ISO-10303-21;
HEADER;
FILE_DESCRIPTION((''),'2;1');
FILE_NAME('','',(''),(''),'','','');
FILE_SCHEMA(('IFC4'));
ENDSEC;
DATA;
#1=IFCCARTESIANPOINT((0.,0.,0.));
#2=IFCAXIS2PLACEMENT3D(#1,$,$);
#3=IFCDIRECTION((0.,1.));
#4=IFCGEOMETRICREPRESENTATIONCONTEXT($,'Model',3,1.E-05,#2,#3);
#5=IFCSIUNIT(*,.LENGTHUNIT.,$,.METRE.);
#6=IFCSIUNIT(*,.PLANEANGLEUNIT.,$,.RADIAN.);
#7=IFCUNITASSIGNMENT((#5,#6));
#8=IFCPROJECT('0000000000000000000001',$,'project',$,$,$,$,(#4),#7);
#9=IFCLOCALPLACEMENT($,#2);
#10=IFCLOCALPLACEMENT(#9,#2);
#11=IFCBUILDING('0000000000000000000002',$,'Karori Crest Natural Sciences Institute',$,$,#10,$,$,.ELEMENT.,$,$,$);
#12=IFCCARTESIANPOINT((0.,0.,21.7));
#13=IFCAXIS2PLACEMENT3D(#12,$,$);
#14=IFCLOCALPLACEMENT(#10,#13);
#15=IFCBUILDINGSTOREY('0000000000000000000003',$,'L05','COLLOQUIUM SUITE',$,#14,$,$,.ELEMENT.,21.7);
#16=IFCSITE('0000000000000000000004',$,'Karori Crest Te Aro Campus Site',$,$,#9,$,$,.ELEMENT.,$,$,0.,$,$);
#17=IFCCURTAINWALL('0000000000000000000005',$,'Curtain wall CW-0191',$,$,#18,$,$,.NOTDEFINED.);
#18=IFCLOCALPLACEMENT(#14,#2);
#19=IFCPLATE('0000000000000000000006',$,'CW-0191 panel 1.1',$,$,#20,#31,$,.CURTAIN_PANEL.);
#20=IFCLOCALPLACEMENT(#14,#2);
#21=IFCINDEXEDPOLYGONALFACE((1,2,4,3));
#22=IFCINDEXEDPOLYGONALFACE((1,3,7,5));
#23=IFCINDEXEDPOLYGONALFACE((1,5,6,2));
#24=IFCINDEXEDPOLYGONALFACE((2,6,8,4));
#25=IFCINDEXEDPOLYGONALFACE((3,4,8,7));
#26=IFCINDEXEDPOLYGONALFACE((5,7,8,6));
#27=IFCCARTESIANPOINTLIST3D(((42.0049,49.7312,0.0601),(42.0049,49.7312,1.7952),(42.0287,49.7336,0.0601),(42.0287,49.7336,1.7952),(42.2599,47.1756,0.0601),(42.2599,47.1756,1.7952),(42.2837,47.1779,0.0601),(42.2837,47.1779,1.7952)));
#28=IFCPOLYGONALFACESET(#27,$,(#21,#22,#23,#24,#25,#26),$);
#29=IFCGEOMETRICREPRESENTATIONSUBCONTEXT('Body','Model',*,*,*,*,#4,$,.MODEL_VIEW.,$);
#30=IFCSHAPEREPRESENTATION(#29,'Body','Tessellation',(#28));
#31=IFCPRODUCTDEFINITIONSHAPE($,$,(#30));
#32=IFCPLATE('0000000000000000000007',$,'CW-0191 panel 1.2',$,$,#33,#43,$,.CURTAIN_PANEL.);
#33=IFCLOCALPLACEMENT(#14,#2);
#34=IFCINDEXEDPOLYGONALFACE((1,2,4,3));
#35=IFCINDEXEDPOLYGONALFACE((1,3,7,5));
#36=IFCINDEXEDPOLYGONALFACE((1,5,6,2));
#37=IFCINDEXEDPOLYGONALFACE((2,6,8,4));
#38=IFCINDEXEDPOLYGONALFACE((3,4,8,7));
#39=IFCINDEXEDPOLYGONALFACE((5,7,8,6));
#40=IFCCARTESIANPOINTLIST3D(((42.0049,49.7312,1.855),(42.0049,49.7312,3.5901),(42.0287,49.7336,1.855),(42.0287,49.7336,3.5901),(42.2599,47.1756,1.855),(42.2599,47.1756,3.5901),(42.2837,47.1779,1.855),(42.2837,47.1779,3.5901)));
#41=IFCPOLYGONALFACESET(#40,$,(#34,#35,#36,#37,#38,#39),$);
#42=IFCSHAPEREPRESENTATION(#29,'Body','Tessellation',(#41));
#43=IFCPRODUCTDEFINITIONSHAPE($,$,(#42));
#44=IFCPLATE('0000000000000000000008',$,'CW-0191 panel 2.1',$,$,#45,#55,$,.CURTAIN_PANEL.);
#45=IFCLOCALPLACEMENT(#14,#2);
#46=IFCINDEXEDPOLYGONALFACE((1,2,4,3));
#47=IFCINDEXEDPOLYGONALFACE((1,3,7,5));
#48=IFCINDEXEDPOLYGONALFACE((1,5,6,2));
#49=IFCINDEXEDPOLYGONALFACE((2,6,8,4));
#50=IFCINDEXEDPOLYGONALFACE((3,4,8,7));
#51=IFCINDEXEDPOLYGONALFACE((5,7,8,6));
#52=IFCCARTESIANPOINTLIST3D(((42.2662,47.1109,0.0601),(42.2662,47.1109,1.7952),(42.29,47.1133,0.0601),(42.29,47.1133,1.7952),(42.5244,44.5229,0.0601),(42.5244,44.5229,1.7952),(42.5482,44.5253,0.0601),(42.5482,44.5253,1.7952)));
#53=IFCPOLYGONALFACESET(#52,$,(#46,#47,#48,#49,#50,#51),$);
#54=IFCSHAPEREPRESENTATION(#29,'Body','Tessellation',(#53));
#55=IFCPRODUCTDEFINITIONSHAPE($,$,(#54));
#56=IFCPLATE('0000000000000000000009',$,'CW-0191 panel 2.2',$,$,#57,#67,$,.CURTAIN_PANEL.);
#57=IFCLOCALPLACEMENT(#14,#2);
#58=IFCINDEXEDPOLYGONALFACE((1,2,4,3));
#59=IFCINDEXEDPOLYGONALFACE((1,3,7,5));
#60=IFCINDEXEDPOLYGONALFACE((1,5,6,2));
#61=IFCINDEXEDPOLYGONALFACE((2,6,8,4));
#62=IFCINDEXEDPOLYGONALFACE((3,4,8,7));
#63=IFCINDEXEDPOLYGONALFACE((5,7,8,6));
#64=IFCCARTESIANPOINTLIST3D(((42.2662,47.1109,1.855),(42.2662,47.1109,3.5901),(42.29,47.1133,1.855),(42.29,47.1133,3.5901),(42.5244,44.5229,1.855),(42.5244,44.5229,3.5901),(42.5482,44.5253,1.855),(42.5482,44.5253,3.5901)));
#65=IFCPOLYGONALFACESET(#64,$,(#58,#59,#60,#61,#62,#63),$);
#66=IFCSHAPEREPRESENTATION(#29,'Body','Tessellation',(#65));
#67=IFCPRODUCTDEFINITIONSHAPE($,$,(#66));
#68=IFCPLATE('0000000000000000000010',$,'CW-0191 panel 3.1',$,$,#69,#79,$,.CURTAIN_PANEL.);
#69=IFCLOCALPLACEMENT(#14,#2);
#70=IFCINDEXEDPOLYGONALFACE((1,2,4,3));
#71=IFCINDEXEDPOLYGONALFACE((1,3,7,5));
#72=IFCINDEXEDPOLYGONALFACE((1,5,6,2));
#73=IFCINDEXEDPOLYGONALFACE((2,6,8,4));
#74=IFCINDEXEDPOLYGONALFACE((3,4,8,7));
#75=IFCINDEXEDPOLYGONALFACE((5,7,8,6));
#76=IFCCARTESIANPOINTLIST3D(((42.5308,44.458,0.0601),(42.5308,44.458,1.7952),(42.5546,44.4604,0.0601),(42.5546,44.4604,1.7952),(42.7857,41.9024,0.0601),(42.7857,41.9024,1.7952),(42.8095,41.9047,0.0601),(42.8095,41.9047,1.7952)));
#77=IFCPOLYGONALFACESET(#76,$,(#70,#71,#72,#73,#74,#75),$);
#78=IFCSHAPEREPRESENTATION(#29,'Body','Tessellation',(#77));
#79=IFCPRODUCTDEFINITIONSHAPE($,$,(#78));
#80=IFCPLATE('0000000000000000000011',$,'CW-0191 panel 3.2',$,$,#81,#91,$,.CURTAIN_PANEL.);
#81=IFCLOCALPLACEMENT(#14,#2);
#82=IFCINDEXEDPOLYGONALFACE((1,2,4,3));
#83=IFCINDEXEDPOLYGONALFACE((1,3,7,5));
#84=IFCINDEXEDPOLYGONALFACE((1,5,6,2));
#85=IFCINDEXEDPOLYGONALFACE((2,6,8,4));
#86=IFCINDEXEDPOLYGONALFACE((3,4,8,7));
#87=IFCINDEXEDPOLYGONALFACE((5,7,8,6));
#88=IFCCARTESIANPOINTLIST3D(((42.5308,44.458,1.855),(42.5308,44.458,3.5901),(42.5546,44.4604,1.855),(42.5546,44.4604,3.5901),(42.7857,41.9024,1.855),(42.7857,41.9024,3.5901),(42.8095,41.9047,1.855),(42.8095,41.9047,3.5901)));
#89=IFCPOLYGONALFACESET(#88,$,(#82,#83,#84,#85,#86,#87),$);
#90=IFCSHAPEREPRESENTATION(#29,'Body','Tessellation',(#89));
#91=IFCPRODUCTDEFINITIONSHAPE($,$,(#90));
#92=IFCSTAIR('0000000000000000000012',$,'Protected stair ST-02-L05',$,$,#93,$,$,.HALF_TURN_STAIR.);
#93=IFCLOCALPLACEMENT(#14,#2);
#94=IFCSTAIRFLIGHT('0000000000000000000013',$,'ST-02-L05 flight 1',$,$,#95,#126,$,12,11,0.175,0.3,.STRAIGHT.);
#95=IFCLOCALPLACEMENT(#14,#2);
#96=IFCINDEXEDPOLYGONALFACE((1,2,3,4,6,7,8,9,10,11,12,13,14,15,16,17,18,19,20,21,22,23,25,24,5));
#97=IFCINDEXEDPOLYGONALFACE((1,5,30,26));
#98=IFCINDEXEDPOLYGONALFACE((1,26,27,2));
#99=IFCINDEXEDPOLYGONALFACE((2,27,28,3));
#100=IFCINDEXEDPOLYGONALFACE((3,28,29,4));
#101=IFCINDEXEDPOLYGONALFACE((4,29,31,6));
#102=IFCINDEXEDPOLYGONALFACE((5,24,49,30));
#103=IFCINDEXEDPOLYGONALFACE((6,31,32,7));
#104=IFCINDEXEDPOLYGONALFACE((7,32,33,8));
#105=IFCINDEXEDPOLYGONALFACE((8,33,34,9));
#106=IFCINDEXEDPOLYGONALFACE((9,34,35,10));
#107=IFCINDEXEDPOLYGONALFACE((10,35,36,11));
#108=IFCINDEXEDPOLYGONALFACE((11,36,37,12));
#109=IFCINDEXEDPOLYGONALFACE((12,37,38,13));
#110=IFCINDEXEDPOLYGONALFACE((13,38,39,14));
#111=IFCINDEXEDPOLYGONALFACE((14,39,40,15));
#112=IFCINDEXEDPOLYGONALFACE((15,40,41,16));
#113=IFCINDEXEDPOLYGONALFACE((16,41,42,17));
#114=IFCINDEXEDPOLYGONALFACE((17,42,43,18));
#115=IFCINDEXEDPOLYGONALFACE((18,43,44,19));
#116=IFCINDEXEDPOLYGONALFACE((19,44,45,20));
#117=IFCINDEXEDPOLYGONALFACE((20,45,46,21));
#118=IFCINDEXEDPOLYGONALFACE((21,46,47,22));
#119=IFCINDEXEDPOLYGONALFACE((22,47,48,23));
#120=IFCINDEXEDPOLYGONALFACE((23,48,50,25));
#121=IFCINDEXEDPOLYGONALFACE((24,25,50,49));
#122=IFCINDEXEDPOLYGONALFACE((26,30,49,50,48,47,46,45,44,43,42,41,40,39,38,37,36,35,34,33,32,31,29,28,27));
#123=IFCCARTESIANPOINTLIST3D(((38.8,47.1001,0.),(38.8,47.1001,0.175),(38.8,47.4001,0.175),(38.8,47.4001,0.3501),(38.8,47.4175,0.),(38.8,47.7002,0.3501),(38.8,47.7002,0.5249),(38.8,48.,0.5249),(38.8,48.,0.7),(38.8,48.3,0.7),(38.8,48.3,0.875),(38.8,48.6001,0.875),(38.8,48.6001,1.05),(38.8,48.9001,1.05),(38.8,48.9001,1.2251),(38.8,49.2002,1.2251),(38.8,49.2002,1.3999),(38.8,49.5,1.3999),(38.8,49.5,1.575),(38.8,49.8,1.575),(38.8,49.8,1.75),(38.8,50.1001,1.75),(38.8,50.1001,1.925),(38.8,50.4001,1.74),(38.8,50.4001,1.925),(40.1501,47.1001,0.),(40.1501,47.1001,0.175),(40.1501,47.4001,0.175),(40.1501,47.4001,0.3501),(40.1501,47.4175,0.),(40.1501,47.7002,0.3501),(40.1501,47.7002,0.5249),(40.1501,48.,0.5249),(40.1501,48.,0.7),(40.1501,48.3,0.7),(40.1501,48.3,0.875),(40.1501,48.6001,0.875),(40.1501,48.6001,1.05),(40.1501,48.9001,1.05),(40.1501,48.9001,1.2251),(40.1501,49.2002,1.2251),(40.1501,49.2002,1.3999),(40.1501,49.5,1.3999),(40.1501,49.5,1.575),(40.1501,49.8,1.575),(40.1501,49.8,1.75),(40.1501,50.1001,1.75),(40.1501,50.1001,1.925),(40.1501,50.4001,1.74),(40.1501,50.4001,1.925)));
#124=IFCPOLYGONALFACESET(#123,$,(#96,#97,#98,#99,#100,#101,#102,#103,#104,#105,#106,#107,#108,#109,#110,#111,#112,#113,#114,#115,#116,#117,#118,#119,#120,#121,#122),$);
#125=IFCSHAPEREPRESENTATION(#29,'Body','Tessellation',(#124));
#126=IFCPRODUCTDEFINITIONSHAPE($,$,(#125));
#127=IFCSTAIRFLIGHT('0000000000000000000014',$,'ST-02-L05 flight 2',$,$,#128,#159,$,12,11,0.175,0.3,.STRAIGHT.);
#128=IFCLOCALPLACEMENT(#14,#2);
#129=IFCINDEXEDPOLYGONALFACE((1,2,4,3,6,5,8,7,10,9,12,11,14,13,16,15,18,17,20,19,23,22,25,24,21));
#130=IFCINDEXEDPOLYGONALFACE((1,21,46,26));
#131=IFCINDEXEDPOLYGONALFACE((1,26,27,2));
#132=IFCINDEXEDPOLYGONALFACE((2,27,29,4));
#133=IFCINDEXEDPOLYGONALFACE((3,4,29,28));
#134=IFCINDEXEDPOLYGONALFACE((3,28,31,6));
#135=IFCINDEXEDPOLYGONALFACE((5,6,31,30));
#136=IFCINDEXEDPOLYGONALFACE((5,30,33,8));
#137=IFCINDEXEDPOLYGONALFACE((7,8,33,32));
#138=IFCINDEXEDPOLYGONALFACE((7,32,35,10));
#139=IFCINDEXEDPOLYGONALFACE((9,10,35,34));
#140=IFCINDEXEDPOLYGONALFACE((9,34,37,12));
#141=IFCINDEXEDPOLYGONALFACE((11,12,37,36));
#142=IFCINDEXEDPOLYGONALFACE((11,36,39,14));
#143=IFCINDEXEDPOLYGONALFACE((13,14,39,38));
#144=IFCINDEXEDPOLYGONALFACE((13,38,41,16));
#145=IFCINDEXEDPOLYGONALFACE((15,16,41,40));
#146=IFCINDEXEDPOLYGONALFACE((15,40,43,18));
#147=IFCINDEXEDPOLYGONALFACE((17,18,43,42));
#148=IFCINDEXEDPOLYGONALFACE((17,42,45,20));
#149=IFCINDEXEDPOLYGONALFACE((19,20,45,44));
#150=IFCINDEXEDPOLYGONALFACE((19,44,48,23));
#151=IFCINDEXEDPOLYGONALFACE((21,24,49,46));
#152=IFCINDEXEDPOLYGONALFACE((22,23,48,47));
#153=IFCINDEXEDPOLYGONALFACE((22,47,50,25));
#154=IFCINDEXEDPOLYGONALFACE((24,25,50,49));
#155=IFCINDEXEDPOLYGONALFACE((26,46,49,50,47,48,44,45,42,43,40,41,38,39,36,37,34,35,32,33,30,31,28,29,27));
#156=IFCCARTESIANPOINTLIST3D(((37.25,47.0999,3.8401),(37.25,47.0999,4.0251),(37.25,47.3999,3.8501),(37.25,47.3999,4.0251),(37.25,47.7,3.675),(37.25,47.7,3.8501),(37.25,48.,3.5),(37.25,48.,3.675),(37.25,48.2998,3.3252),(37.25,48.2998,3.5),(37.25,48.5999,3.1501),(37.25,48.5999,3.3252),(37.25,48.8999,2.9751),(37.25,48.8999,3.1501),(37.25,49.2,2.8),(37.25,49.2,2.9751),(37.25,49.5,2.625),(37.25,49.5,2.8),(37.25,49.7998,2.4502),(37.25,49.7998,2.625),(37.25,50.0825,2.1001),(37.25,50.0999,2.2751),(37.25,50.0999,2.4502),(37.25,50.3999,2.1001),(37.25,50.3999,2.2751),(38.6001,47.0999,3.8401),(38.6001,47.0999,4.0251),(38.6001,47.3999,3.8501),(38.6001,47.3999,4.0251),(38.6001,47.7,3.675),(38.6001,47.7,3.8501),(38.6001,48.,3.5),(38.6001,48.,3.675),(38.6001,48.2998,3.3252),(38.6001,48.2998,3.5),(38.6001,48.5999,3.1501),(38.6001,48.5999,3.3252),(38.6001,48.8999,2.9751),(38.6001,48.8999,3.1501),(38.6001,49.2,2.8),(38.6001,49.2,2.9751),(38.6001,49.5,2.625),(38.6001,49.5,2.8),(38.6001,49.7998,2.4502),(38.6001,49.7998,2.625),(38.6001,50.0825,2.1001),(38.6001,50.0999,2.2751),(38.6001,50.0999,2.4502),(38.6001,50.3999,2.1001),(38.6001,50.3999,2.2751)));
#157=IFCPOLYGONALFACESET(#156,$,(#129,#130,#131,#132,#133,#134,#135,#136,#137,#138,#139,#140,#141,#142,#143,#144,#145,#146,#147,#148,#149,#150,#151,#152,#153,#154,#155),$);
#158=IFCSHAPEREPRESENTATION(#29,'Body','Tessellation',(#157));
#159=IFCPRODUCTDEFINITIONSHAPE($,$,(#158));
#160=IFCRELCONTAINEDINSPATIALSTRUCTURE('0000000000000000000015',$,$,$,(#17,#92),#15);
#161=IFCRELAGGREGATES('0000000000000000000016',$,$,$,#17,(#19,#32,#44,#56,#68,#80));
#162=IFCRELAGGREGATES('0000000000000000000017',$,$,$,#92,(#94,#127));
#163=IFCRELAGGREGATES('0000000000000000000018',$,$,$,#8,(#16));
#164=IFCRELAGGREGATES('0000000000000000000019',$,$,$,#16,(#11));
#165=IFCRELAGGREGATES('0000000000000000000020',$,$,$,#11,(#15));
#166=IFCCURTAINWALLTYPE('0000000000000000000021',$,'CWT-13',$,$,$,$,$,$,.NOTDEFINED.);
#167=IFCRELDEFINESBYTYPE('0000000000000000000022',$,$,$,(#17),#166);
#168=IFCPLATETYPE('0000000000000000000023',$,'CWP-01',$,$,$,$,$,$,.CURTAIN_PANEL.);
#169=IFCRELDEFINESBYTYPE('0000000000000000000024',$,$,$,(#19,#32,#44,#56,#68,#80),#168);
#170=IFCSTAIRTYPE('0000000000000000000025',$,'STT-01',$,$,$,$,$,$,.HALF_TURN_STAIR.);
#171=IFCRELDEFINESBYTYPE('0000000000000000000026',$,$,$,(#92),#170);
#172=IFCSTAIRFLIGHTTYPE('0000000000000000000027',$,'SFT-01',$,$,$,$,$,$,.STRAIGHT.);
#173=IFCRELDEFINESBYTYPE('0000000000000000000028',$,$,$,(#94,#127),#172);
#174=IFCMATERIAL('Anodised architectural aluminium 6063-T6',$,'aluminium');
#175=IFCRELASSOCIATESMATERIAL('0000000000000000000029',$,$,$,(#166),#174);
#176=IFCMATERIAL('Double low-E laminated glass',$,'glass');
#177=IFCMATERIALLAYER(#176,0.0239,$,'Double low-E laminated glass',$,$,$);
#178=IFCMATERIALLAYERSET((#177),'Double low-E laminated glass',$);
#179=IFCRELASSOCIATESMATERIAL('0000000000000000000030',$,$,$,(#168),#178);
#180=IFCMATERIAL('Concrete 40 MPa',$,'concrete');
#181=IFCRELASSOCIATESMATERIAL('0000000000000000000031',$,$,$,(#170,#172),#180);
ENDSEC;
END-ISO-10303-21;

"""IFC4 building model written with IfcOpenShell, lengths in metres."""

from ifc_helpers import new_model, si_unit, direction, frame, origin, origin_2d, place, context, subcontext, project, spatial, polyline, rectangle, outline, extrude, material, layer, layer_set, type_object, element, aggregate, save


model = new_model("IFC4")

# Units and contexts
model_context = context("Model", 3, precision=1e-05, world=origin(), true_north=direction((0.0, 1.0)))
body_context = subcontext(model_context, "Body", "Model", "MODEL_VIEW")
ifc_project = project(units=[si_unit("LENGTHUNIT", "METRE"), si_unit("PLANEANGLEUNIT", "RADIAN")], contexts=[model_context])

# Site, building, storey
site_placement = place(None, origin())
site = spatial("IfcSite", under=ifc_project, at=site_placement, Name="Karori Crest Te Aro Campus Site", CompositionType="ELEMENT", RefElevation=0.0)
building_placement = place(site_placement, origin())
building = spatial("IfcBuilding", under=site, at=building_placement, Name="Karori Crest Natural Sciences Institute", CompositionType="ELEMENT")
storey_placement = place(building_placement, frame((0.0, 0.0, 21.7)))
storey = spatial("IfcBuildingStorey", under=building, at=storey_placement, Name="L05", Description="COLLOQUIUM SUITE", CompositionType="ELEMENT", Elevation=21.7)

# Curtain wall, plates
ifc_material_1 = material(Name="Anodised architectural aluminium 6063-T6", Category="aluminium")
curtain_wall_type = type_object("IfcCurtainWallType", Name="CWT-13", PredefinedType="NOTDEFINED", material=ifc_material_1)
curtain_wall_placement = place(storey_placement, origin())
curtain_wall = element("IfcCurtainWall", 1, at=curtain_wall_placement, inside=storey, type_object=curtain_wall_type, Name="Curtain wall CW-0191", PredefinedType="NOTDEFINED")
ifc_material_2 = material(Name="Double low-E laminated glass", Category="glass")
ifc_layer_1 = layer(ifc_material_2, 0.0239, Name="Double low-E laminated glass")
ifc_layer_set_1 = layer_set([ifc_layer_1], Name="Double low-E laminated glass")
plate_type = type_object("IfcPlateType", Name="CWP-01", PredefinedType="CURTAIN_PANEL", material=ifc_layer_set_1)
plate_1_placement = place(storey_placement, frame((42.1443, 48.4546, 0.0601), z_axis=(0.0, 0.0, 1.0), x_axis=(0.099268, -0.995061, 0.0)))
plate_1 = element("IfcPlate", 2, at=plate_1_placement, type_object=plate_type, Name="CW-0191 panel 1.1", PredefinedType="CURTAIN_PANEL", context=body_context, shape_type="SweptSolid", body=[
    extrude(rectangle(XDim=2.5684, YDim=0.0239, at=origin_2d()), origin(), (0.0, 0.0, 1.0), 1.7351),
])
plate_2_placement = place(storey_placement, frame((42.1443, 48.4546, 1.855), z_axis=(0.0, 0.0, 1.0), x_axis=(0.099268, -0.995061, 0.0)))
plate_2 = element("IfcPlate", 3, at=plate_2_placement, type_object=plate_type, Name="CW-0191 panel 1.2", PredefinedType="CURTAIN_PANEL", context=body_context, shape_type="SweptSolid", body=[
    extrude(rectangle(XDim=2.5684, YDim=0.0239, at=origin_2d()), origin(), (0.0, 0.0, 1.0), 1.7351),
])
plate_3_placement = place(storey_placement, frame((42.4072, 45.8181, 0.0601), z_axis=(0.0, 0.0, 1.0), x_axis=(0.099268, -0.995061, 0.0)))
plate_3 = element("IfcPlate", 4, at=plate_3_placement, type_object=plate_type, Name="CW-0191 panel 2.1", PredefinedType="CURTAIN_PANEL", context=body_context, shape_type="SweptSolid", body=[
    extrude(rectangle(XDim=2.6008, YDim=0.0239, at=origin_2d()), origin(), (0.0, 0.0, 1.0), 1.7351),
])
plate_4_placement = place(storey_placement, frame((42.4072, 45.8181, 1.855), z_axis=(0.0, 0.0, 1.0), x_axis=(0.099268, -0.995061, 0.0)))
plate_4 = element("IfcPlate", 5, at=plate_4_placement, type_object=plate_type, Name="CW-0191 panel 2.2", PredefinedType="CURTAIN_PANEL", context=body_context, shape_type="SweptSolid", body=[
    extrude(rectangle(XDim=2.6008, YDim=0.0239, at=origin_2d()), origin(), (0.0, 0.0, 1.0), 1.7351),
])
plate_5_placement = place(storey_placement, frame((42.6702, 43.1814, 0.0601), z_axis=(0.0, 0.0, 1.0), x_axis=(0.099268, -0.995061, 0.0)))
plate_5 = element("IfcPlate", 6, at=plate_5_placement, type_object=plate_type, Name="CW-0191 panel 3.1", PredefinedType="CURTAIN_PANEL", context=body_context, shape_type="SweptSolid", body=[
    extrude(rectangle(XDim=2.5684, YDim=0.0239, at=origin_2d()), origin(), (0.0, 0.0, 1.0), 1.7351),
])
plate_6_placement = place(storey_placement, frame((42.6702, 43.1814, 1.855), z_axis=(0.0, 0.0, 1.0), x_axis=(0.099268, -0.995061, 0.0)))
plate_6 = element("IfcPlate", 7, at=plate_6_placement, type_object=plate_type, Name="CW-0191 panel 3.2", PredefinedType="CURTAIN_PANEL", context=body_context, shape_type="SweptSolid", body=[
    extrude(rectangle(XDim=2.5684, YDim=0.0239, at=origin_2d()), origin(), (0.0, 0.0, 1.0), 1.7351),
])
aggregate(curtain_wall, [plate_1, plate_2, plate_3, plate_4, plate_5, plate_6])

# Stair, stair flights
ifc_material_3 = material(Name="Concrete 40 MPa", Category="concrete")
stair_type = type_object("IfcStairType", Name="STT-01", PredefinedType="HALF_TURN_STAIR", material=ifc_material_3)
stair_placement = place(storey_placement, origin())
stair = element("IfcStair", 8, at=stair_placement, inside=storey, type_object=stair_type, Name="Protected stair ST-02-L05", PredefinedType="HALF_TURN_STAIR")
stair_flight_type = type_object("IfcStairFlightType", Name="SFT-01", PredefinedType="STRAIGHT", material=ifc_material_3)
stair_flight_1_placement = place(storey_placement, frame((39.4751, 47.1001, 0.0), z_axis=(0.0, 0.0, 1.0), x_axis=(0.0, 1.0, 0.0)))
stair_flight_1 = element("IfcStairFlight", 9, at=stair_flight_1_placement, type_object=stair_flight_type, Name="ST-02-L05 flight 1", NumberOfRisers=12, NumberOfTreads=11, PredefinedType="STRAIGHT", RiserHeight=0.175, TreadLength=0.3, context=body_context, shape_type="SweptSolid", body=[
    extrude(outline(polyline([(0.0, 0.0), (0.0, 0.175), (0.3, 0.175), (0.3, 0.3501), (0.6001, 0.3501), (0.6001, 0.5249), (0.8999, 0.5249), (0.8999, 0.7), (1.2, 0.7), (1.2, 0.875), (1.5, 0.875), (1.5, 1.05), (1.8, 1.05), (1.8, 1.2251), (2.1001, 1.2251), (2.1001, 1.3999), (2.3999, 1.3999), (2.3999, 1.575), (2.7, 1.575), (2.7, 1.75), (3.0, 1.75), (3.0, 1.925), (3.3, 1.925), (3.3, 2.1001), (3.3, 1.74), (0.3174, 0.0), (0.0, 0.0)])), frame((0.0, 0.675, 0.0), z_axis=(0.0, -1.0, 0.0), x_axis=(1.0, 0.0, 0.0)), (0.0, 0.0, 1.0), 1.3501),
])
stair_flight_2_placement = place(storey_placement, frame((37.925, 50.3999, 2.1001), z_axis=(0.0, 0.0, 1.0), x_axis=(0.0, -1.0, 0.0)))
stair_flight_2 = element("IfcStairFlight", 10, at=stair_flight_2_placement, type_object=stair_flight_type, Name="ST-02-L05 flight 2", NumberOfRisers=12, NumberOfTreads=11, PredefinedType="STRAIGHT", RiserHeight=0.175, TreadLength=0.3, context=body_context, shape_type="SweptSolid", body=[
    extrude(outline(polyline([(0.0, 0.0), (0.0, 0.175), (0.3, 0.175), (0.3, 0.3501), (0.6001, 0.3501), (0.6001, 0.5249), (0.8999, 0.5249), (0.8999, 0.7), (1.2, 0.7), (1.2, 0.875), (1.5, 0.875), (1.5, 1.05), (1.8, 1.05), (1.8, 1.2251), (2.1001, 1.2251), (2.1001, 1.3999), (2.3999, 1.3999), (2.3999, 1.575), (2.7, 1.575), (2.7, 1.75), (3.0, 1.75), (3.0, 1.925), (3.3, 1.925), (3.3, 2.1001), (3.3, 1.74), (0.3174, 0.0), (0.0, 0.0)])), frame((0.0, 0.675, 0.0), z_axis=(0.0, -1.0, 0.0), x_axis=(1.0, 0.0, 0.0)), (0.0, 0.0, 1.0), 1.3501),
])
aggregate(stair, [stair_flight_1, stair_flight_2])

save(model, "model.ifc")
